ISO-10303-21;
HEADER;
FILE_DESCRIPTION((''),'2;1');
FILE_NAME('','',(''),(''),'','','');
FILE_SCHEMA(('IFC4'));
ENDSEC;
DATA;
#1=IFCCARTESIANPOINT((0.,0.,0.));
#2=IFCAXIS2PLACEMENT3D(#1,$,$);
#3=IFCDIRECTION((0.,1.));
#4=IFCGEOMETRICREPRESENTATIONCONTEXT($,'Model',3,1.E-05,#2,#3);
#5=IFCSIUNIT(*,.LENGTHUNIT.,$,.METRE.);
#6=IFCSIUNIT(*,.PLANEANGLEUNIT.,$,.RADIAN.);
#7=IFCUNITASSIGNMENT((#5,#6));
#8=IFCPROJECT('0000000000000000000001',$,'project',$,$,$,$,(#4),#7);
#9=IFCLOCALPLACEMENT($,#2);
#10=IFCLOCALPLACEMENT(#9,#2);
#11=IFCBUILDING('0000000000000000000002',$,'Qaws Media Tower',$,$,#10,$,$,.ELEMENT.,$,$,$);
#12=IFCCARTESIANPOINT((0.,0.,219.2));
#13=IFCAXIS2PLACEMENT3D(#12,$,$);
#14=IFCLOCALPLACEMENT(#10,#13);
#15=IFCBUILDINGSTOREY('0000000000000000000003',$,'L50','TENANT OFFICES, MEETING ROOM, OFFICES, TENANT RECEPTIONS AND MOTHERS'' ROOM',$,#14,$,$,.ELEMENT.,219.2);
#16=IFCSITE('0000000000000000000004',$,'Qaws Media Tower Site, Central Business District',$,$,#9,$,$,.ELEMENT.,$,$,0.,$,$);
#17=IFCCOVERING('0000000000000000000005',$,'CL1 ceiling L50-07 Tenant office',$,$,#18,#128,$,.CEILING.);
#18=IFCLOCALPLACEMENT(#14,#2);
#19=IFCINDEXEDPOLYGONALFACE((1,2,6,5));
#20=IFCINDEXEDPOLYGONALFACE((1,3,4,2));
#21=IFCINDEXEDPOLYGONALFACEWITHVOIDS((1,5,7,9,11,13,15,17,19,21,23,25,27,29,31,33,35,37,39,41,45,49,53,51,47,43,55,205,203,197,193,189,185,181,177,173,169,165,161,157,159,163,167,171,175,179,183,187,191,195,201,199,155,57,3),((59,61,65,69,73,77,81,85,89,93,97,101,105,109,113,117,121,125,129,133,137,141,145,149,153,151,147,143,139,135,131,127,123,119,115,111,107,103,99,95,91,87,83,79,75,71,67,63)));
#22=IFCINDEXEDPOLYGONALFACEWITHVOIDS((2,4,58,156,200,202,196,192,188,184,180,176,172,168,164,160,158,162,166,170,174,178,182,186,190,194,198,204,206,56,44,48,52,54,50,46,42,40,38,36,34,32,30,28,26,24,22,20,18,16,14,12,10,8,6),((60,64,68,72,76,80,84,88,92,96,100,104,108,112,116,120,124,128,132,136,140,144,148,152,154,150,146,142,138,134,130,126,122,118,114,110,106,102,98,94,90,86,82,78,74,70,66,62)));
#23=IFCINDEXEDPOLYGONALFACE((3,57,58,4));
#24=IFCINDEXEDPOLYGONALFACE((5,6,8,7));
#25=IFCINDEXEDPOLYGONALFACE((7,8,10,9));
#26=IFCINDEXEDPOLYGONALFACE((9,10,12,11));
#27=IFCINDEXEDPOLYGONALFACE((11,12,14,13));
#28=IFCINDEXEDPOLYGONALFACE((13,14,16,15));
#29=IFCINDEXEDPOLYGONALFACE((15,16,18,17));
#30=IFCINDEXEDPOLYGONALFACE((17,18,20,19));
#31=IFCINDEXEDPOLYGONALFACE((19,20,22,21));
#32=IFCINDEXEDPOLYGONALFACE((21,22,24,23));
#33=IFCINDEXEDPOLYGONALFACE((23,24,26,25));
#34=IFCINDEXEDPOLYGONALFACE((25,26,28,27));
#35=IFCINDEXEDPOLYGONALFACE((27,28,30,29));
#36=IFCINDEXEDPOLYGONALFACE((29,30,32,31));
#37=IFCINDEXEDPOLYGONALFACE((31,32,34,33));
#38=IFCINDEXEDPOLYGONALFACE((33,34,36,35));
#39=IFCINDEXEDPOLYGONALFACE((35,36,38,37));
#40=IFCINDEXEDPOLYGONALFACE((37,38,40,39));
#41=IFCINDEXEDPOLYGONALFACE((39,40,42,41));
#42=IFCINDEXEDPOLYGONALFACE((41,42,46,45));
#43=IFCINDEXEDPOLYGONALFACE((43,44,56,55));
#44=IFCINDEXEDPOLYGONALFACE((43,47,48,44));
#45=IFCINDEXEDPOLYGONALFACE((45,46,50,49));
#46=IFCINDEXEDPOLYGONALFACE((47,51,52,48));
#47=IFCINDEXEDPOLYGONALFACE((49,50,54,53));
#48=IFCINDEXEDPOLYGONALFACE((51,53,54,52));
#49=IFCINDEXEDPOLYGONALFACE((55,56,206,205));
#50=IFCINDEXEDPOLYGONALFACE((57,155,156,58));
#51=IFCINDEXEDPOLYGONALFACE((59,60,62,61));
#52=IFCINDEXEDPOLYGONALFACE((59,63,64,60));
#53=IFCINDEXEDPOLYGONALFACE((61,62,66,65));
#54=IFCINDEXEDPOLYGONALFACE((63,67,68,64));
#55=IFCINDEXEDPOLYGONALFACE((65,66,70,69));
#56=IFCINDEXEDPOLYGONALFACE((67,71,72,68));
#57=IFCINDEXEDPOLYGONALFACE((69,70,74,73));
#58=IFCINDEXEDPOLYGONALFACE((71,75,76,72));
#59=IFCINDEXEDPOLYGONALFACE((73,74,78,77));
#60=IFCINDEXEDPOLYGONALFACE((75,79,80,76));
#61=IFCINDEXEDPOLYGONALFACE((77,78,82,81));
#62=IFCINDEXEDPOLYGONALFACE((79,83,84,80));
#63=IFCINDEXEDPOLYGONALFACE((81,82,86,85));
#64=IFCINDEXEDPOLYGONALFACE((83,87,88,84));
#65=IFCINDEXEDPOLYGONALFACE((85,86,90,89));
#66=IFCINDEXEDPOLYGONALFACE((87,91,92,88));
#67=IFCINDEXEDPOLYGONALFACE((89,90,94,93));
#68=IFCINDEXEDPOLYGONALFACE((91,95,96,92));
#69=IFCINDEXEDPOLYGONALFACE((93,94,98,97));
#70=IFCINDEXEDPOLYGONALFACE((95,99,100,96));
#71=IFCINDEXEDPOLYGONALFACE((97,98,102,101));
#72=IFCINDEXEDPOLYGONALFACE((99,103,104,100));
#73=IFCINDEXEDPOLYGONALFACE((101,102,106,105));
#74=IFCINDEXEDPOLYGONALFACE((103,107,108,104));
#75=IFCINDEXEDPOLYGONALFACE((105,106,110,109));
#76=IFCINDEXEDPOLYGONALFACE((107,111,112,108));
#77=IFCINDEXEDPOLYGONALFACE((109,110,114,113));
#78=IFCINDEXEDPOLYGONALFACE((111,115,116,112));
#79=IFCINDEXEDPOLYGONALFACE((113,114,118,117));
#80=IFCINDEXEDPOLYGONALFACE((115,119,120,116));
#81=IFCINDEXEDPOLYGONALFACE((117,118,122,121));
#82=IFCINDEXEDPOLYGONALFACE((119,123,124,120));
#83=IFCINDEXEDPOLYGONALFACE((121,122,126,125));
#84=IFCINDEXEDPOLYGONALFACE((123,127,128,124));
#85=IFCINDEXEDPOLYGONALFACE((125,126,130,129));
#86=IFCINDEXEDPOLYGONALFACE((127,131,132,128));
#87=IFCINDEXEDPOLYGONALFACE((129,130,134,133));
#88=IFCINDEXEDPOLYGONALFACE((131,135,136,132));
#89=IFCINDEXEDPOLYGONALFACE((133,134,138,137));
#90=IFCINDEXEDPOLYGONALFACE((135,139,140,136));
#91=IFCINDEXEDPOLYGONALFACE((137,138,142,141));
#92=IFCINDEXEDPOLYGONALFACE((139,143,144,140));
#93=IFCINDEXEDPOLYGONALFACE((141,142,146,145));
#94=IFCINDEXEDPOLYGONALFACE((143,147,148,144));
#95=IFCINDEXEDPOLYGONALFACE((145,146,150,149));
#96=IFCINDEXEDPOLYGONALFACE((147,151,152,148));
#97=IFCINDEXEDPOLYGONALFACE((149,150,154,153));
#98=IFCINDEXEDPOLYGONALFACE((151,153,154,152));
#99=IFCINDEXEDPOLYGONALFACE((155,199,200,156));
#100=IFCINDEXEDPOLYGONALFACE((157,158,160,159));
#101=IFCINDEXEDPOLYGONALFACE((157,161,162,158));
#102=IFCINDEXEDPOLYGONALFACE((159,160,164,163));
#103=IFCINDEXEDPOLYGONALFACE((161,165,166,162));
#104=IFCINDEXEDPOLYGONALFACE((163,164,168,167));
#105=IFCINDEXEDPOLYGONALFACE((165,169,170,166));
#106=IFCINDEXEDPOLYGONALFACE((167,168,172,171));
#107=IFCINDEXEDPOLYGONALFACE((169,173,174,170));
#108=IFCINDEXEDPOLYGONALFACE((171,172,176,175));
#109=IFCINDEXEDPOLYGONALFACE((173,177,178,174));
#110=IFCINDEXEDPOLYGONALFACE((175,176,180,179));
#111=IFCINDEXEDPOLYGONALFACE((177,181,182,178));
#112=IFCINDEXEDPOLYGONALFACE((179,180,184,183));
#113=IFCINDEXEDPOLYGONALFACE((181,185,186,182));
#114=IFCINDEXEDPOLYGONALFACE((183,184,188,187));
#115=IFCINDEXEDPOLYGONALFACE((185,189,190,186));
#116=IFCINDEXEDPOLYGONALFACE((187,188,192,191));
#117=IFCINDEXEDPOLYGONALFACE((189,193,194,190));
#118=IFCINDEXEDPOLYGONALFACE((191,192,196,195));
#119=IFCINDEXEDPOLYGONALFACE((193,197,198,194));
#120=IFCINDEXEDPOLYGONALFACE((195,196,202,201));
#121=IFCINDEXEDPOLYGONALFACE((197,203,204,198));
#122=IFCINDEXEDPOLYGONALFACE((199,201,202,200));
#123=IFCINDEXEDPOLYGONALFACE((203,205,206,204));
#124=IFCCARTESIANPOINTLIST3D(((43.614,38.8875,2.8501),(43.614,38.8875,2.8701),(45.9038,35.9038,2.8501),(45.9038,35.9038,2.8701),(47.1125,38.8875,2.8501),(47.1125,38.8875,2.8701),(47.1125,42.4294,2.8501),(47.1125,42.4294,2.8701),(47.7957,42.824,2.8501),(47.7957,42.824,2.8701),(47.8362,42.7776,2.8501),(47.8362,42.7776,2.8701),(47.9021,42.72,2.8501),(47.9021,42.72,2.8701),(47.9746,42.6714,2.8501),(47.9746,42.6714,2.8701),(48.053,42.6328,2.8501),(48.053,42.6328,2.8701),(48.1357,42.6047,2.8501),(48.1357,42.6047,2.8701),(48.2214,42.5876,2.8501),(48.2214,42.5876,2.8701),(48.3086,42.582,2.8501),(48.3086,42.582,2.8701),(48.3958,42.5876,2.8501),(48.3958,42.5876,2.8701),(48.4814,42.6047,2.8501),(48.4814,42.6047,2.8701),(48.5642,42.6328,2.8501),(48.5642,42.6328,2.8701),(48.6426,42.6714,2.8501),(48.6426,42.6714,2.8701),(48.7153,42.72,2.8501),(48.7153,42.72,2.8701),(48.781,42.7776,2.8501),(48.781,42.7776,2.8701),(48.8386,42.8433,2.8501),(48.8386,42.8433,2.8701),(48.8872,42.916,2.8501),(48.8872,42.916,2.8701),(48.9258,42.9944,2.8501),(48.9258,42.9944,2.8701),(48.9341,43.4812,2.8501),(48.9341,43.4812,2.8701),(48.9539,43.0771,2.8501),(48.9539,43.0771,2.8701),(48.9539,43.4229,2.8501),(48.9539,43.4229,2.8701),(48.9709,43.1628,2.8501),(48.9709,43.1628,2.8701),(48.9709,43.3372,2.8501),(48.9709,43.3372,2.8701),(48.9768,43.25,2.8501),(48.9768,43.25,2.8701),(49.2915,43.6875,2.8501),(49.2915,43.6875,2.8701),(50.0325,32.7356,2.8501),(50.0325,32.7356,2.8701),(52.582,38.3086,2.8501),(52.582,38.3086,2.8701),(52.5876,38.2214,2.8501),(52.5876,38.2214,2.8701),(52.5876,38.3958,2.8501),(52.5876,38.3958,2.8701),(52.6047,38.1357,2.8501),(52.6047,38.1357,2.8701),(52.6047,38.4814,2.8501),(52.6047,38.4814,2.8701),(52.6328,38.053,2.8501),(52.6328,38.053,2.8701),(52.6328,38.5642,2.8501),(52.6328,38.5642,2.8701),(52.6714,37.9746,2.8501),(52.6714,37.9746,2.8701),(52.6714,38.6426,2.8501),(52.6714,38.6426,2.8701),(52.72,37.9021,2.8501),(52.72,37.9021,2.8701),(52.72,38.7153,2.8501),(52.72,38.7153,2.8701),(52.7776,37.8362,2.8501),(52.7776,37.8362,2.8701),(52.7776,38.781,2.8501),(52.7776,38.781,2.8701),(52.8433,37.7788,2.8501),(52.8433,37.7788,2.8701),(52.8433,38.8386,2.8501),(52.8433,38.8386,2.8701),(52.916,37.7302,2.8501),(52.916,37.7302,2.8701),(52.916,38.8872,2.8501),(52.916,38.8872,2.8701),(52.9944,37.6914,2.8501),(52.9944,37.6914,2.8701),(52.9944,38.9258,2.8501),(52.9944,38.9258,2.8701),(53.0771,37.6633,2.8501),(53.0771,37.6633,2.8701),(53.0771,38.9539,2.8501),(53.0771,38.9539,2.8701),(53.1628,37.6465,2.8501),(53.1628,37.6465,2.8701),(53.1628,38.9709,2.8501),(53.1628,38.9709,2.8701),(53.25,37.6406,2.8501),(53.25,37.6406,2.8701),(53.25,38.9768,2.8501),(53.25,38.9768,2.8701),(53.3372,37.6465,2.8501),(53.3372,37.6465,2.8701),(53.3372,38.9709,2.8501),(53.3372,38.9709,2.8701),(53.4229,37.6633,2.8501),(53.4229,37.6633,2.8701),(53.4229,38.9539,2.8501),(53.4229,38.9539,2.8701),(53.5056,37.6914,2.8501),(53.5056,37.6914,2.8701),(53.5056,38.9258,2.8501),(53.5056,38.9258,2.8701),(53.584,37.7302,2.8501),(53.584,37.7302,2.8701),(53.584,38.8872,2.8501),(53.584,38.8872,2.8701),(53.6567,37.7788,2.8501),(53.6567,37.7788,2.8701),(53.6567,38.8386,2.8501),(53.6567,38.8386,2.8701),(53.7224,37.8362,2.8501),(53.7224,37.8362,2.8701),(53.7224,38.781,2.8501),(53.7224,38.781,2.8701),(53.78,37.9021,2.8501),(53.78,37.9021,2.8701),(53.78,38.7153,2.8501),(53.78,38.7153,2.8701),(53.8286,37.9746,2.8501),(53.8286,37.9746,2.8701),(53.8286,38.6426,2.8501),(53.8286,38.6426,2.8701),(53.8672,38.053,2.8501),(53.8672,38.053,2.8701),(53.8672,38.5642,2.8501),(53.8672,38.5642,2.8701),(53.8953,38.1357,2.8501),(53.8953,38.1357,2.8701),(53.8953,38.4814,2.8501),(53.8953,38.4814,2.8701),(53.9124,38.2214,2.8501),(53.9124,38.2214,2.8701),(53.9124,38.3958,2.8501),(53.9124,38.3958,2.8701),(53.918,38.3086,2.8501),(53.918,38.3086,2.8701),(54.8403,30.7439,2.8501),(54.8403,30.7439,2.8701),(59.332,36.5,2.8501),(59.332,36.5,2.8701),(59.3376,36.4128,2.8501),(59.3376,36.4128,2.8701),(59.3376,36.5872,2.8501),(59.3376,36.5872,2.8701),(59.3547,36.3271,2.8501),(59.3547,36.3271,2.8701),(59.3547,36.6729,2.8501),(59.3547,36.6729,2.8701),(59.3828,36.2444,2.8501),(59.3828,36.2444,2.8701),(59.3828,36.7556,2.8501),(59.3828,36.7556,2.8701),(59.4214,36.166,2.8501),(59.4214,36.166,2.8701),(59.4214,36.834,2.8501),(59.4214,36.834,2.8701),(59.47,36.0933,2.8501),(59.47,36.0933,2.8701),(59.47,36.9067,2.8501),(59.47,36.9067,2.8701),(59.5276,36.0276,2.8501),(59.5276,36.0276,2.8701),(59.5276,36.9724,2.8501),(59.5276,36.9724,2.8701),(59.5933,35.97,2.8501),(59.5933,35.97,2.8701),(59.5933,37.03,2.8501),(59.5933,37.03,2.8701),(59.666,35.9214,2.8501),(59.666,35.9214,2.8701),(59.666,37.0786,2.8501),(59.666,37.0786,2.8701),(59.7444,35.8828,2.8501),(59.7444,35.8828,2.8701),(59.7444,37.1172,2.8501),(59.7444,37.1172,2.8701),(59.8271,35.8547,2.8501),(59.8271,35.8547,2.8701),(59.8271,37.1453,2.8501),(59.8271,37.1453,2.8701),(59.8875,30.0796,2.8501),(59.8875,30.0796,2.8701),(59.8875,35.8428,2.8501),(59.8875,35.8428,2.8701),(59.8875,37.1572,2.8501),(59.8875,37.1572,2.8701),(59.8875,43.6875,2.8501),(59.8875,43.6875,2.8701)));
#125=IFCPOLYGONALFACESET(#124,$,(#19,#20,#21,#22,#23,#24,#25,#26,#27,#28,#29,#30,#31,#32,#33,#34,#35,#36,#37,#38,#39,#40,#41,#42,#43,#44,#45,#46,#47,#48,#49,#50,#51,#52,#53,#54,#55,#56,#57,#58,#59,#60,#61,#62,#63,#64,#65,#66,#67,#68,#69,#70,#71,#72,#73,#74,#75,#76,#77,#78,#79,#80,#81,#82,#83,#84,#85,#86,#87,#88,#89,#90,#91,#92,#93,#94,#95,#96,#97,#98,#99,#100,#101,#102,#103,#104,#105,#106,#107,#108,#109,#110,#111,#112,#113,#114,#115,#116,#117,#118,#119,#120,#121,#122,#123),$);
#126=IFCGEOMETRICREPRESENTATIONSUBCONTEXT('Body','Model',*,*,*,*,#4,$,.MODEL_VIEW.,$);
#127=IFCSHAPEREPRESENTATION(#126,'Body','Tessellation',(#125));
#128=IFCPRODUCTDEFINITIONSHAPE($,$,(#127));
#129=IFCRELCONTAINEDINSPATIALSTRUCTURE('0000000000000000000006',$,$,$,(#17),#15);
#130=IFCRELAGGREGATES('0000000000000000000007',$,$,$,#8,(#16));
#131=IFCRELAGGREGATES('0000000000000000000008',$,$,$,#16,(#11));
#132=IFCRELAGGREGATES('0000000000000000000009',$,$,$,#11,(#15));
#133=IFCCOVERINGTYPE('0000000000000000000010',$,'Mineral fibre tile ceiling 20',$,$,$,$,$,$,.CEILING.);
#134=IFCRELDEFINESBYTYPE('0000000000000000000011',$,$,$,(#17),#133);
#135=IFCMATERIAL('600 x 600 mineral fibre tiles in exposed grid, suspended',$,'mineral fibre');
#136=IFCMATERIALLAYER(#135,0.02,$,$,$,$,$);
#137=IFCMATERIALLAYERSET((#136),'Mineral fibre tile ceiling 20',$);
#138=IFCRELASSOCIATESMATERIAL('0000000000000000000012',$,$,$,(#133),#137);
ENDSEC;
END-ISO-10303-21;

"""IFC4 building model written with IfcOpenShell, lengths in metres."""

from ifc_helpers import new_model, si_unit, direction, frame, origin, place, context, subcontext, project, spatial, polyline, outline, extrude, material, layer, layer_set, type_object, element, save


model = new_model("IFC4")

# Units and contexts
model_context = context("Model", 3, precision=1e-05, world=origin(), true_north=direction((0.0, 1.0)))
body_context = subcontext(model_context, "Body", "Model", "MODEL_VIEW")
ifc_project = project(units=[si_unit("LENGTHUNIT", "METRE"), si_unit("PLANEANGLEUNIT", "RADIAN")], contexts=[model_context])

# Site, building, storey
site_placement = place(None, origin())
site = spatial("IfcSite", under=ifc_project, at=site_placement, Name="Qaws Media Tower Site, Central Business District", CompositionType="ELEMENT", RefElevation=0.0)
building_placement = place(site_placement, origin())
building = spatial("IfcBuilding", under=site, at=building_placement, Name="Qaws Media Tower", CompositionType="ELEMENT")
storey_placement = place(building_placement, frame((0.0, 0.0, 219.2)))
storey = spatial("IfcBuildingStorey", under=building, at=storey_placement, Name="L50", Description="TENANT OFFICES, MEETING ROOM, OFFICES, TENANT RECEPTIONS AND MOTHERS' ROOM", CompositionType="ELEMENT", Elevation=219.2)

# Covering
ifc_material_1 = material(Name="600 x 600 mineral fibre tiles in exposed grid, suspended", Category="mineral fibre")
ifc_layer_1 = layer(ifc_material_1, 0.02)
ifc_layer_set_1 = layer_set([ifc_layer_1], Name="Mineral fibre tile ceiling 20")
covering_type_1 = type_object("IfcCoveringType", Name="Mineral fibre tile ceiling 20", PredefinedType="CEILING", material=ifc_layer_set_1)
covering_1_placement = place(storey_placement, frame((0.0, 0.0, 2.8501)))
element("IfcCovering", 1, at=covering_1_placement, inside=storey, type_object=covering_type_1, Name="CL1 ceiling L50-07 Tenant office", PredefinedType="CEILING", context=body_context, shape_type="SweptSolid", body=[
    extrude(outline(polyline([(47.1125, 38.8875), (47.1125, 42.4294), (47.7957, 42.824), (47.8362, 42.7776), (47.9021, 42.72), (47.9746, 42.6714), (48.053, 42.6328), (48.1357, 42.6047), (48.2214, 42.5876), (48.3086, 42.582), (48.3958, 42.5876), (48.4814, 42.6047), (48.5642, 42.6328), (48.6426, 42.6714), (48.7153, 42.72), (48.781, 42.7776), (48.8386, 42.8433), (48.8872, 42.916), (48.9258, 42.9944), (48.9539, 43.0771), (48.9709, 43.1628), (48.9768, 43.25), (48.9709, 43.3372), (48.9539, 43.4229), (48.9341, 43.4812), (49.2915, 43.6875), (59.8875, 43.6875), (59.8875, 37.1572), (59.8271, 37.1453), (59.7444, 37.1172), (59.666, 37.0786), (59.5933, 37.03), (59.5276, 36.9724), (59.47, 36.9067), (59.4214, 36.834), (59.3828, 36.7556), (59.3547, 36.6729), (59.3376, 36.5872), (59.332, 36.5), (59.3376, 36.4128), (59.3547, 36.3271), (59.3828, 36.2444), (59.4214, 36.166), (59.47, 36.0933), (59.5276, 36.0276), (59.5933, 35.97), (59.666, 35.9214), (59.7444, 35.8828), (59.8271, 35.8547), (59.8875, 35.8428), (59.8875, 30.0796), (54.8403, 30.7439), (50.0325, 32.7356), (45.9038, 35.9038), (43.614, 38.8875), (47.1125, 38.8875)]), holes=[polyline([(53.8953, 38.1357), (53.9124, 38.2214), (53.918, 38.3086), (53.9124, 38.3958), (53.8953, 38.4814), (53.8672, 38.5642), (53.8286, 38.6426), (53.78, 38.7153), (53.7224, 38.781), (53.6567, 38.8386), (53.584, 38.8872), (53.5056, 38.9258), (53.4229, 38.9539), (53.3372, 38.9709), (53.25, 38.9768), (53.1628, 38.9709), (53.0771, 38.9539), (52.9944, 38.9258), (52.916, 38.8872), (52.8433, 38.8386), (52.7776, 38.781), (52.72, 38.7153), (52.6714, 38.6426), (52.6328, 38.5642), (52.6047, 38.4814), (52.5876, 38.3958), (52.582, 38.3086), (52.5876, 38.2214), (52.6047, 38.1357), (52.6328, 38.053), (52.6714, 37.9746), (52.72, 37.9021), (52.7776, 37.8362), (52.8433, 37.7788), (52.916, 37.7302), (52.9944, 37.6914), (53.0771, 37.6633), (53.1628, 37.6465), (53.25, 37.6406), (53.3372, 37.6465), (53.4229, 37.6633), (53.5056, 37.6914), (53.584, 37.7302), (53.6567, 37.7788), (53.7224, 37.8362), (53.78, 37.9021), (53.8286, 37.9746), (53.8672, 38.053), (53.8953, 38.1357)])]), origin(), (0.0, 0.0, 1.0), 0.02),
])

save(model, "model.ifc")
